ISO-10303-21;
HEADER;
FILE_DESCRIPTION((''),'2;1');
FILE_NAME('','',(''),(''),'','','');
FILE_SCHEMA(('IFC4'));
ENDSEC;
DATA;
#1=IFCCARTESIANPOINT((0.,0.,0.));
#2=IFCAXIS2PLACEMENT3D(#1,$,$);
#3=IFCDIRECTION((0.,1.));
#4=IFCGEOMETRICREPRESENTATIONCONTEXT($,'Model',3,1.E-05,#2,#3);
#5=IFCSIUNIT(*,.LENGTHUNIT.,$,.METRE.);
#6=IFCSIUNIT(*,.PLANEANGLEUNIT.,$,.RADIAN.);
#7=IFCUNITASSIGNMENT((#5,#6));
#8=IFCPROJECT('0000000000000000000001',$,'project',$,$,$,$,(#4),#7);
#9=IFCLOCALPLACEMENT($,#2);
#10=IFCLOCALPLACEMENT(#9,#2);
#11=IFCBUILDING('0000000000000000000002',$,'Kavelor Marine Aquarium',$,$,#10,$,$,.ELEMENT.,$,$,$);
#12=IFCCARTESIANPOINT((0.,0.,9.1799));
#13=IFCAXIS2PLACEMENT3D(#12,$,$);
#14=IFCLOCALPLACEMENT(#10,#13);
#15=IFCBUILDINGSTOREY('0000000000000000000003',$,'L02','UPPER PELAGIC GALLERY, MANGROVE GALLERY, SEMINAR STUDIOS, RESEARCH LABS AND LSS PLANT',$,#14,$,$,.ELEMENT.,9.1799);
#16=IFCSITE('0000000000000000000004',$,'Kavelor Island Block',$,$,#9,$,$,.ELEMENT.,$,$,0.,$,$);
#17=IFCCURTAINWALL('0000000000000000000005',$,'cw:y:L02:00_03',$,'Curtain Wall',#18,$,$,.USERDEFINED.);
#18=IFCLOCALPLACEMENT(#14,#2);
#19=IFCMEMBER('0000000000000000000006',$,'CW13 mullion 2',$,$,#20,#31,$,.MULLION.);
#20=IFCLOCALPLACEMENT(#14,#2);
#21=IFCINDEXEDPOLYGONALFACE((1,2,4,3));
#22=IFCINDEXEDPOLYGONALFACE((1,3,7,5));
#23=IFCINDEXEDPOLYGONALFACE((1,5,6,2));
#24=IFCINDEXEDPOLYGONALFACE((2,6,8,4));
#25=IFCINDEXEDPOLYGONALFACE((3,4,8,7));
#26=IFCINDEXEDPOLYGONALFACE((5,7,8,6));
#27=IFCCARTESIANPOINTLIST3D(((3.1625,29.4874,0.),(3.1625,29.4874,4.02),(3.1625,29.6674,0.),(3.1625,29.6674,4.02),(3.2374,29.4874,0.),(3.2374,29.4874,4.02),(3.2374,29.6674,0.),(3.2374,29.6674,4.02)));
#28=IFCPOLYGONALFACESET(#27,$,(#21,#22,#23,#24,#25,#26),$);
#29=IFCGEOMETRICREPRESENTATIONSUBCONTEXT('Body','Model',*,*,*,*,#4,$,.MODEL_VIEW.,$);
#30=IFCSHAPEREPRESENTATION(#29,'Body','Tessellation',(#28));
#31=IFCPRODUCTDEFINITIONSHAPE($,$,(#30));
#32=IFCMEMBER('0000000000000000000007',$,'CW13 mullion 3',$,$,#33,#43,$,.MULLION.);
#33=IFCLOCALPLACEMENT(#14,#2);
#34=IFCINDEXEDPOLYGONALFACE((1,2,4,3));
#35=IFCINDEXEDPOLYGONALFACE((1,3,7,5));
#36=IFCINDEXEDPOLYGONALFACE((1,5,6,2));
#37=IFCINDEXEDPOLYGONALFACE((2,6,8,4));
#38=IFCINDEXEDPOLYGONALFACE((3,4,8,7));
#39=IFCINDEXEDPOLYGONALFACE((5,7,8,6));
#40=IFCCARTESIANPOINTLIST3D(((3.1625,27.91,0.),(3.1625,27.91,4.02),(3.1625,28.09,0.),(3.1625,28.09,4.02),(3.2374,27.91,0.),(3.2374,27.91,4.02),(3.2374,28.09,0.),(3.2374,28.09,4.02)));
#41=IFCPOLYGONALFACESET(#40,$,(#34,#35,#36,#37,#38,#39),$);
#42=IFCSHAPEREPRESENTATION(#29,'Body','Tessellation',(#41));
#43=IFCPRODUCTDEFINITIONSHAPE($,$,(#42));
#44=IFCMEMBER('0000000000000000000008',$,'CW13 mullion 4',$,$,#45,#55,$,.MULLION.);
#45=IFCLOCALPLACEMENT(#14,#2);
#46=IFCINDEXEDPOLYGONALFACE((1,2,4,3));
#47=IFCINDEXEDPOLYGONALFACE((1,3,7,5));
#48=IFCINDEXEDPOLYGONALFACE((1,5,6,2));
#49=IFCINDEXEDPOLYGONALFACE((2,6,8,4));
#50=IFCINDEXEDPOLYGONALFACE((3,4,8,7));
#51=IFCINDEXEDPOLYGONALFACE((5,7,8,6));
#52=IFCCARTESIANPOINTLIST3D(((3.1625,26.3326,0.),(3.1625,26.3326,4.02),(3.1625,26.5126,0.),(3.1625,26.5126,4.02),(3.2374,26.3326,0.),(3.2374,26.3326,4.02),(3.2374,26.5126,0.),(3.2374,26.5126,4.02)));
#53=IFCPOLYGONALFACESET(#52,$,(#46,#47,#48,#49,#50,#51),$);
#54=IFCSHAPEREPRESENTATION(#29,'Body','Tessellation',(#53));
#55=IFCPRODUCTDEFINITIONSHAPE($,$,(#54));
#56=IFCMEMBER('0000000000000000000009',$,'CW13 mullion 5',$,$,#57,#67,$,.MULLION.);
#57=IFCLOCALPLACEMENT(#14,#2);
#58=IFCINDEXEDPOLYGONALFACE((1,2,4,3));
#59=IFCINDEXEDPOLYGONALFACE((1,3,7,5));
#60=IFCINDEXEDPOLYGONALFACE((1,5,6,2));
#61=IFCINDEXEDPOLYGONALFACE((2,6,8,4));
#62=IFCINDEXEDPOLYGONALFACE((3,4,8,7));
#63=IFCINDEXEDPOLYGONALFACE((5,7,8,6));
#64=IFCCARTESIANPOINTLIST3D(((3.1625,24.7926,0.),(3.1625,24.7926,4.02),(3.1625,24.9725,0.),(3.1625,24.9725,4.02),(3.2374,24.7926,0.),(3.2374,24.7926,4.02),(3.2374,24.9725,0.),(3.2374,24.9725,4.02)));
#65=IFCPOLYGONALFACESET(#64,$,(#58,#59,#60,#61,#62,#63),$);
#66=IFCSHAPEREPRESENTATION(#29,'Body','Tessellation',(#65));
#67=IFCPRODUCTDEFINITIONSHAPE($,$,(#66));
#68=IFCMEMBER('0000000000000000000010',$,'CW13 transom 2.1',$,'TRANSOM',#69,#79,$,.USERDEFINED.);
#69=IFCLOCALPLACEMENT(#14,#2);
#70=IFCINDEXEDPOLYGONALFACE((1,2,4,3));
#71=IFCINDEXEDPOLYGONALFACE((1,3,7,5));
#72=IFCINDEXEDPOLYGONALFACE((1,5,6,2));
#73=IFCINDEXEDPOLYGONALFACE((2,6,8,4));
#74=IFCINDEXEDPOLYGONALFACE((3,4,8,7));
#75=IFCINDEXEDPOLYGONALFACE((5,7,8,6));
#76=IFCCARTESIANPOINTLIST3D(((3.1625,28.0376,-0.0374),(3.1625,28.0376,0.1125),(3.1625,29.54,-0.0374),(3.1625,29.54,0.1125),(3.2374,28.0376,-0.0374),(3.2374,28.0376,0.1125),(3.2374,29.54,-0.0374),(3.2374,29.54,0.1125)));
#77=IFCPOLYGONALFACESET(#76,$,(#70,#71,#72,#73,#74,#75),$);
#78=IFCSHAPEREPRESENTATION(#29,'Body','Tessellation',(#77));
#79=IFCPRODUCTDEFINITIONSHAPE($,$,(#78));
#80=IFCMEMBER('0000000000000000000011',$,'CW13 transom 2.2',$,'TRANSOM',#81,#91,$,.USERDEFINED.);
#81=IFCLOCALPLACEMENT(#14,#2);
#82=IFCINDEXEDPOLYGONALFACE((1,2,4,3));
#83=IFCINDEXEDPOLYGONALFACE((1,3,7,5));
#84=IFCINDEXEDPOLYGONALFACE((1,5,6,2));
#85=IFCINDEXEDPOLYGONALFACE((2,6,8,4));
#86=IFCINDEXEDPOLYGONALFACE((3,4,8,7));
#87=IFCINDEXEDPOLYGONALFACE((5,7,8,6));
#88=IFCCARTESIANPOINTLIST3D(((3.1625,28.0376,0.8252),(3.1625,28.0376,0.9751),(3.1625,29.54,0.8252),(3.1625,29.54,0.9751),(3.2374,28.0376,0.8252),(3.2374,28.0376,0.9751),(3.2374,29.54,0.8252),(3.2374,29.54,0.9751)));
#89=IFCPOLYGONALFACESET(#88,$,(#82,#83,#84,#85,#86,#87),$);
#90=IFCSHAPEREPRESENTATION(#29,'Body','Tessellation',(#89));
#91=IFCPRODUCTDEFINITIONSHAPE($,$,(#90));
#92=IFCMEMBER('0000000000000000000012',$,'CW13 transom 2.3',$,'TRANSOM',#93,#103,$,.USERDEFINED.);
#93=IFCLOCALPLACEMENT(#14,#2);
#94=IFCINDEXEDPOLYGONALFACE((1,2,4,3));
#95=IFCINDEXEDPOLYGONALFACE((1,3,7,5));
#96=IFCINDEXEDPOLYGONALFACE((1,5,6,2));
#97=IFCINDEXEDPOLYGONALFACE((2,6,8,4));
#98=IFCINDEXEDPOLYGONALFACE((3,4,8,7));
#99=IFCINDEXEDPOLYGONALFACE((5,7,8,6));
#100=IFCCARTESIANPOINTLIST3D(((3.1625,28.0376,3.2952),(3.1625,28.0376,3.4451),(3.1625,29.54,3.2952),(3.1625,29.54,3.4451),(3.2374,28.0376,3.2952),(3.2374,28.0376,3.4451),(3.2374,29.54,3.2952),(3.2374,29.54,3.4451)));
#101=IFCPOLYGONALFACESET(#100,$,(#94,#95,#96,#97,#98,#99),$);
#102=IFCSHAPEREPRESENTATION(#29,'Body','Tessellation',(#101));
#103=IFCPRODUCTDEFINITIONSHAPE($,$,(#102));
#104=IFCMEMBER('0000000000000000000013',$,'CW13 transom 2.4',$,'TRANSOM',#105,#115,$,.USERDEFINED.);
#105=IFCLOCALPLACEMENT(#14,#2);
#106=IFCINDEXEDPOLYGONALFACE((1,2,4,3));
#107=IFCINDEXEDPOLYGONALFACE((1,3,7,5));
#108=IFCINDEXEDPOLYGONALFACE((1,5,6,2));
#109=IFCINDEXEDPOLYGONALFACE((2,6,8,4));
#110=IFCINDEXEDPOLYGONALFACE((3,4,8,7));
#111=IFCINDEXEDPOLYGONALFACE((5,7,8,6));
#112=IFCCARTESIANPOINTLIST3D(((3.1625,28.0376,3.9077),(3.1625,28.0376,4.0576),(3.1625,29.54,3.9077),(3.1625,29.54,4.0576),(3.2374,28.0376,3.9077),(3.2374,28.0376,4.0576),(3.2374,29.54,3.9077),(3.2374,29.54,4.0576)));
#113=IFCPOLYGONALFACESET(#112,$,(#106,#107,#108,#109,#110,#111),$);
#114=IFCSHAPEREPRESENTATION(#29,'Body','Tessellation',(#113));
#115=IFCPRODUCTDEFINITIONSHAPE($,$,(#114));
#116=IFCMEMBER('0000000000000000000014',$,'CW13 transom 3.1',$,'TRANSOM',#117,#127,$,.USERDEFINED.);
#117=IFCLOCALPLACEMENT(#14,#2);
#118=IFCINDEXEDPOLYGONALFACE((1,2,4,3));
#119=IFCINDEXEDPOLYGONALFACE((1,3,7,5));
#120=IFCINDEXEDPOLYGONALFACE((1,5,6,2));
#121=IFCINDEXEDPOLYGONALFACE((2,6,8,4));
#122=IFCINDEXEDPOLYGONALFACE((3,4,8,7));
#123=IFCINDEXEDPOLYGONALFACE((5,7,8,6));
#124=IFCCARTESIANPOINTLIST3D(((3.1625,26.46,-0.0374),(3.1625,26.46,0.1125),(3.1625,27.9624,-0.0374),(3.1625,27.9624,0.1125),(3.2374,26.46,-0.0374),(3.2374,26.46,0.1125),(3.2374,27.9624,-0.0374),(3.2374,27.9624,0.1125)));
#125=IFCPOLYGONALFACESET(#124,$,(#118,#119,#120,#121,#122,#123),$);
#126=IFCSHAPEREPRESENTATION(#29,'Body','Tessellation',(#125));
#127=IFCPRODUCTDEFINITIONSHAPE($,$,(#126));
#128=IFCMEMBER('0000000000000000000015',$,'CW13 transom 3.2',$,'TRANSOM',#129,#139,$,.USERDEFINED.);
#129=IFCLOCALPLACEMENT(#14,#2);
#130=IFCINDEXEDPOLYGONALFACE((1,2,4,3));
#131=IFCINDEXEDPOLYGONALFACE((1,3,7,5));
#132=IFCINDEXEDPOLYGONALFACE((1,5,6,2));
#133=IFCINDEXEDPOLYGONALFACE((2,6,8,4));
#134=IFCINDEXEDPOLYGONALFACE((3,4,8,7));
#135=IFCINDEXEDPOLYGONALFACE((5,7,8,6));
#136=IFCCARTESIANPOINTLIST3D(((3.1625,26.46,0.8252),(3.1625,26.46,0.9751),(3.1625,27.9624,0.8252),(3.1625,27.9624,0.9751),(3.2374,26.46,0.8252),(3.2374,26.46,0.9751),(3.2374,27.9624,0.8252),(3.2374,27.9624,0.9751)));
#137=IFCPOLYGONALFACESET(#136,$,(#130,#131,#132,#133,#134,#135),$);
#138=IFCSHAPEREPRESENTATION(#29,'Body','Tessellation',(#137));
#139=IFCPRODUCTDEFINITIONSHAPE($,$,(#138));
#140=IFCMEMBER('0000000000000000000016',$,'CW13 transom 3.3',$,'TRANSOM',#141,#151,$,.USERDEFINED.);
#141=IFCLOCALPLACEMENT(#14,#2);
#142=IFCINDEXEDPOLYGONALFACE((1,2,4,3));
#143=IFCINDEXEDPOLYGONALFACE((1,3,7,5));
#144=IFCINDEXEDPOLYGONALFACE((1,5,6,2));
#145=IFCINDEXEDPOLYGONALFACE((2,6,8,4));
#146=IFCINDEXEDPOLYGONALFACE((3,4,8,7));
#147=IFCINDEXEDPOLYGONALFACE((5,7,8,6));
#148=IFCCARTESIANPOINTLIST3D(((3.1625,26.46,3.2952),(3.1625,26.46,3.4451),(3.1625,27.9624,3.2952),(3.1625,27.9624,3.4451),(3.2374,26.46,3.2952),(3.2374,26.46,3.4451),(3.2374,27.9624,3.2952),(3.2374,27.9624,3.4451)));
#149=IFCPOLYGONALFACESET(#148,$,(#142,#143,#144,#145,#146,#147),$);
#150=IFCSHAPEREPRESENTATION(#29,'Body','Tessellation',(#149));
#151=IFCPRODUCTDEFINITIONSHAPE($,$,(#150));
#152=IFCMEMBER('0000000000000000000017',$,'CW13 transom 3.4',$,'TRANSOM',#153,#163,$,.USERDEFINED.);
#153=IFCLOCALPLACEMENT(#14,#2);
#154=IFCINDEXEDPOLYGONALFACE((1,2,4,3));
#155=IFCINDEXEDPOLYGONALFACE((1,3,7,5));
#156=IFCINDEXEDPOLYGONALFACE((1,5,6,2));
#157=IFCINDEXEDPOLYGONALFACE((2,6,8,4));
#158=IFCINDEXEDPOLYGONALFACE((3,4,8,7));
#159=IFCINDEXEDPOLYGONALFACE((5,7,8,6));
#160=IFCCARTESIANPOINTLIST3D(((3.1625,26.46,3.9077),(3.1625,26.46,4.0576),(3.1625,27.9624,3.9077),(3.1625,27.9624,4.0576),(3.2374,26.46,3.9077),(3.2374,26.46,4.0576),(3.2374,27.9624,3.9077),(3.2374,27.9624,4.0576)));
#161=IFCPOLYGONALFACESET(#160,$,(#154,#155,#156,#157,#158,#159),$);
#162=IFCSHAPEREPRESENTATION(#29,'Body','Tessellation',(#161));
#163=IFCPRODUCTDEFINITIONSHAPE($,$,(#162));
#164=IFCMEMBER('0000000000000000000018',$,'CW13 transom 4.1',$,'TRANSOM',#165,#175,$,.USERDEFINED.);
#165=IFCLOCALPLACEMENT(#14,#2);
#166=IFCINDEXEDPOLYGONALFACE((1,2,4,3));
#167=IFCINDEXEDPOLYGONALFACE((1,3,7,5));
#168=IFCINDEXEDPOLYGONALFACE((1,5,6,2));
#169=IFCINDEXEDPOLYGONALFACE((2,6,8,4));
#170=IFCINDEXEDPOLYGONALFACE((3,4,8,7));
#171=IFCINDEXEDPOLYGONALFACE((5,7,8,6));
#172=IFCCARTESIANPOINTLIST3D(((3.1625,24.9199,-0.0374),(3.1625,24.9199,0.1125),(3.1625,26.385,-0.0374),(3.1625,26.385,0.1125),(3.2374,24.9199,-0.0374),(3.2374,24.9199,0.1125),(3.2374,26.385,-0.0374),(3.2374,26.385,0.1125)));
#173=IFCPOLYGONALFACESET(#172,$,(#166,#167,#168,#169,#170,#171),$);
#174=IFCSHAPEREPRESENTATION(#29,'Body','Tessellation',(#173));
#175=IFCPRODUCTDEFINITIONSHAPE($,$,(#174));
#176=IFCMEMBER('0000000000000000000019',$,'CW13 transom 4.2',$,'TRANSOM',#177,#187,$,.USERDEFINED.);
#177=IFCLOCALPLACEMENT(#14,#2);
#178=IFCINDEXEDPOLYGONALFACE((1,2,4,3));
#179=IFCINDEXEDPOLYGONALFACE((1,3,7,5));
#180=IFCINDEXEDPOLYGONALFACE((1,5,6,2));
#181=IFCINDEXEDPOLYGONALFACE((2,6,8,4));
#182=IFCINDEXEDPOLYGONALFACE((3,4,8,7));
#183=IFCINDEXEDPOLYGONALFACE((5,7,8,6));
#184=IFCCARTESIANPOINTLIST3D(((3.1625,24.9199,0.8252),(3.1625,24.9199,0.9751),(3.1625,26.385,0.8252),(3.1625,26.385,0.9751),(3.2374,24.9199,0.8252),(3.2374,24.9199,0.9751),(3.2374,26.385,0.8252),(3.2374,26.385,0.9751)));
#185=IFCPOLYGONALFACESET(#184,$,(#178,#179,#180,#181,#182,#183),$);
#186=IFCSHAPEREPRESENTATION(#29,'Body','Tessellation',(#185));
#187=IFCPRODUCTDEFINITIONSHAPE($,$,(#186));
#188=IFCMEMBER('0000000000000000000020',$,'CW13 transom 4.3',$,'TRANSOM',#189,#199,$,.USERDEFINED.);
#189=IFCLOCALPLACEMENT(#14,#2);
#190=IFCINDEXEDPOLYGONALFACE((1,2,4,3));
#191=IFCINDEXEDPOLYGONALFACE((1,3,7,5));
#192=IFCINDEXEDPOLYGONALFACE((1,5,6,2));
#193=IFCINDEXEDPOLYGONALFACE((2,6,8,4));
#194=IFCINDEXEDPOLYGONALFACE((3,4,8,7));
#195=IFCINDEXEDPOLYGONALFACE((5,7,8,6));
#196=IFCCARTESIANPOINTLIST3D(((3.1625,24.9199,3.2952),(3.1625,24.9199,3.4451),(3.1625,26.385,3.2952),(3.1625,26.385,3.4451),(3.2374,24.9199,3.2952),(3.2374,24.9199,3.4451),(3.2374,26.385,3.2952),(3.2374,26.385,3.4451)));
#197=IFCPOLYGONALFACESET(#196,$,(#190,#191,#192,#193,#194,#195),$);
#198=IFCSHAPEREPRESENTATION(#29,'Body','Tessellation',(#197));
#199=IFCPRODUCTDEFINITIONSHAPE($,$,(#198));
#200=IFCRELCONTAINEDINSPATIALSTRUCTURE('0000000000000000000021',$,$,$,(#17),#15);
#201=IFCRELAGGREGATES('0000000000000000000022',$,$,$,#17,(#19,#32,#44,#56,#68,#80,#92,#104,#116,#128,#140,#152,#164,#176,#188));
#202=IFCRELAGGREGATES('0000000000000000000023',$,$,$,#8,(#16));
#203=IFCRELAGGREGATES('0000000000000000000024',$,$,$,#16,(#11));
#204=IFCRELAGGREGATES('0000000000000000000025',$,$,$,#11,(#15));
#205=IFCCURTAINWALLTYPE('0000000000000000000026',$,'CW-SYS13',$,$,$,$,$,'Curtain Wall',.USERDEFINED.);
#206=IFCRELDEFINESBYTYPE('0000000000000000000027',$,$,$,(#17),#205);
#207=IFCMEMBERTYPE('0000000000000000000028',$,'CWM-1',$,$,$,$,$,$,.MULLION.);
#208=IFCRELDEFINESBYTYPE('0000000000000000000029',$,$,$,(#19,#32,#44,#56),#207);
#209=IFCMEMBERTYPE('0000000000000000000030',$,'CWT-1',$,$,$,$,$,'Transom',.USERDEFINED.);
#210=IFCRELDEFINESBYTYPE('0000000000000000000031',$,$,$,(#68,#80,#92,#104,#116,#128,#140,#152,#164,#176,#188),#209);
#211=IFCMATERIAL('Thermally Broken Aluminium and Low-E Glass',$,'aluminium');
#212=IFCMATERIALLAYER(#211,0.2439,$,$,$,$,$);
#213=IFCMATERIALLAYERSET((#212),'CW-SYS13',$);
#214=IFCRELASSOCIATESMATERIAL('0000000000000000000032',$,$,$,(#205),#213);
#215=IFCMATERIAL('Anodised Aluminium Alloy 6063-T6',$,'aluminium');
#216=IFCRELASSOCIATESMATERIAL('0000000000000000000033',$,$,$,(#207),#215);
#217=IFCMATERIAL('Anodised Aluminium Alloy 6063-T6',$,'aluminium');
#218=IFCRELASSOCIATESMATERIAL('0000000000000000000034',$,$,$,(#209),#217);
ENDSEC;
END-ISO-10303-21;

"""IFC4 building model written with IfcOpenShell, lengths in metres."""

from ifc_helpers import new_model, si_unit, direction, frame, origin, origin_2d, place, context, subcontext, project, spatial, rectangle, extrude, material, layer, layer_set, material_profile, profile_set, type_object, element, aggregate, save


model = new_model("IFC4")

# Units and contexts
model_context = context("Model", 3, precision=1e-05, world=origin(), true_north=direction((0.0, 1.0)))
body_context = subcontext(model_context, "Body", "Model", "MODEL_VIEW")
ifc_project = project(units=[si_unit("LENGTHUNIT", "METRE"), si_unit("PLANEANGLEUNIT", "RADIAN")], contexts=[model_context])

# Site, building, storey
site_placement = place(None, origin())
site = spatial("IfcSite", under=ifc_project, at=site_placement, Name="Kavelor Island Block", CompositionType="ELEMENT", RefElevation=0.0)
building_placement = place(site_placement, origin())
building = spatial("IfcBuilding", under=site, at=building_placement, Name="Kavelor Marine Aquarium", CompositionType="ELEMENT")
storey_placement = place(building_placement, frame((0.0, 0.0, 9.1799)))
storey = spatial("IfcBuildingStorey", under=building, at=storey_placement, Name="L02", Description="UPPER PELAGIC GALLERY, MANGROVE GALLERY, SEMINAR STUDIOS, RESEARCH LABS AND LSS PLANT", CompositionType="ELEMENT", Elevation=9.1799)

# Curtain wall, members
ifc_material_1 = material(Name="Thermally Broken Aluminium and Low-E Glass", Category="aluminium")
ifc_layer_1 = layer(ifc_material_1, 0.2439)
ifc_layer_set_1 = layer_set([ifc_layer_1], Name="CW-SYS13")
curtain_wall_type = type_object("IfcCurtainWallType", Name="CW-SYS13", ElementType="Curtain Wall", PredefinedType="USERDEFINED", material=ifc_layer_set_1)
curtain_wall_placement = place(storey_placement, origin())
curtain_wall = element("IfcCurtainWall", 1, at=curtain_wall_placement, inside=storey, type_object=curtain_wall_type, Name="cw:y:L02:00_03", ObjectType="Curtain Wall", PredefinedType="USERDEFINED")
ifc_material_2 = material(Name="Anodised Aluminium Alloy 6063-T6", Category="aluminium")
ifc_material_profile_1 = material_profile(ifc_material_2, rectangle(XDim=0.075, YDim=0.1799, at=origin_2d()), Name="CW-MUL 75x180")
ifc_profile_set_1 = profile_set([ifc_material_profile_1], Name="Anodised Aluminium Alloy 6063-T6")
member_type_1 = type_object("IfcMemberType", Name="CWM-1", PredefinedType="MULLION", material=ifc_profile_set_1)
member_1_placement = place(storey_placement, frame((3.2, 29.5774, 0.0), z_axis=(0.0, 0.0, 1.0), x_axis=(1.0, 0.0, 0.0)))
member_1 = element("IfcMember", 2, at=member_1_placement, type_object=member_type_1, Name="CW13 mullion 2", PredefinedType="MULLION", context=body_context, shape_type="SweptSolid", body=[
    extrude(rectangle(XDim=0.075, YDim=0.1799, at=origin_2d()), origin(), (0.0, 0.0, 1.0), 4.02),
])
member_2_placement = place(storey_placement, frame((3.2, 28.0, 0.0), z_axis=(0.0, 0.0, 1.0), x_axis=(1.0, 0.0, 0.0)))
member_2 = element("IfcMember", 3, at=member_2_placement, type_object=member_type_1, Name="CW13 mullion 3", PredefinedType="MULLION", context=body_context, shape_type="SweptSolid", body=[
    extrude(rectangle(XDim=0.075, YDim=0.1799, at=origin_2d()), origin(), (0.0, 0.0, 1.0), 4.02),
])
member_3_placement = place(storey_placement, frame((3.2, 26.4226, 0.0), z_axis=(0.0, 0.0, 1.0), x_axis=(1.0, 0.0, 0.0)))
member_3 = element("IfcMember", 4, at=member_3_placement, type_object=member_type_1, Name="CW13 mullion 4", PredefinedType="MULLION", context=body_context, shape_type="SweptSolid", body=[
    extrude(rectangle(XDim=0.075, YDim=0.1799, at=origin_2d()), origin(), (0.0, 0.0, 1.0), 4.02),
])
member_4_placement = place(storey_placement, frame((3.2, 24.8826, 0.0), z_axis=(0.0, 0.0, 1.0), x_axis=(1.0, 0.0, 0.0)))
member_4 = element("IfcMember", 5, at=member_4_placement, type_object=member_type_1, Name="CW13 mullion 5", PredefinedType="MULLION", context=body_context, shape_type="SweptSolid", body=[
    extrude(rectangle(XDim=0.075, YDim=0.1799, at=origin_2d()), origin(), (0.0, 0.0, 1.0), 4.02),
])
ifc_material_3 = material(Name="Anodised Aluminium Alloy 6063-T6", Category="aluminium")
ifc_material_profile_2 = material_profile(ifc_material_3, rectangle(XDim=0.075, YDim=0.1499, at=origin_2d()), Name="CW-TRN 75x150")
ifc_profile_set_2 = profile_set([ifc_material_profile_2], Name="Anodised Aluminium Alloy 6063-T6")
member_type_2 = type_object("IfcMemberType", Name="CWT-1", ElementType="Transom", PredefinedType="USERDEFINED", material=ifc_profile_set_2)
member_5_placement = place(storey_placement, frame((3.2, 29.54, 0.0376), z_axis=(0.0, -1.0, 0.0), x_axis=(1.0, 0.0, 0.0)))
member_5 = element("IfcMember", 6, at=member_5_placement, type_object=member_type_2, Name="CW13 transom 2.1", ObjectType="TRANSOM", PredefinedType="USERDEFINED", context=body_context, shape_type="SweptSolid", body=[
    extrude(rectangle(XDim=0.075, YDim=0.1499, at=origin_2d()), origin(), (0.0, 0.0, 1.0), 1.5024),
])
member_6_placement = place(storey_placement, frame((3.2, 29.54, 0.9001), z_axis=(0.0, -1.0, 0.0), x_axis=(1.0, 0.0, 0.0)))
member_6 = element("IfcMember", 7, at=member_6_placement, type_object=member_type_2, Name="CW13 transom 2.2", ObjectType="TRANSOM", PredefinedType="USERDEFINED", context=body_context, shape_type="SweptSolid", body=[
    extrude(rectangle(XDim=0.075, YDim=0.1499, at=origin_2d()), origin(), (0.0, 0.0, 1.0), 1.5024),
])
member_7_placement = place(storey_placement, frame((3.2, 29.54, 3.3701), z_axis=(0.0, -1.0, 0.0), x_axis=(1.0, 0.0, 0.0)))
member_7 = element("IfcMember", 8, at=member_7_placement, type_object=member_type_2, Name="CW13 transom 2.3", ObjectType="TRANSOM", PredefinedType="USERDEFINED", context=body_context, shape_type="SweptSolid", body=[
    extrude(rectangle(XDim=0.075, YDim=0.1499, at=origin_2d()), origin(), (0.0, 0.0, 1.0), 1.5024),
])
member_8_placement = place(storey_placement, frame((3.2, 29.54, 3.9827), z_axis=(0.0, -1.0, 0.0), x_axis=(1.0, 0.0, 0.0)))
member_8 = element("IfcMember", 9, at=member_8_placement, type_object=member_type_2, Name="CW13 transom 2.4", ObjectType="TRANSOM", PredefinedType="USERDEFINED", context=body_context, shape_type="SweptSolid", body=[
    extrude(rectangle(XDim=0.075, YDim=0.1499, at=origin_2d()), origin(), (0.0, 0.0, 1.0), 1.5024),
])
member_9_placement = place(storey_placement, frame((3.2, 27.9624, 0.0376), z_axis=(0.0, -1.0, 0.0), x_axis=(1.0, 0.0, 0.0)))
member_9 = element("IfcMember", 10, at=member_9_placement, type_object=member_type_2, Name="CW13 transom 3.1", ObjectType="TRANSOM", PredefinedType="USERDEFINED", context=body_context, shape_type="SweptSolid", body=[
    extrude(rectangle(XDim=0.075, YDim=0.1499, at=origin_2d()), origin(), (0.0, 0.0, 1.0), 1.5024),
])
member_10_placement = place(storey_placement, frame((3.2, 27.9624, 0.9001), z_axis=(0.0, -1.0, 0.0), x_axis=(1.0, 0.0, 0.0)))
member_10 = element("IfcMember", 11, at=member_10_placement, type_object=member_type_2, Name="CW13 transom 3.2", ObjectType="TRANSOM", PredefinedType="USERDEFINED", context=body_context, shape_type="SweptSolid", body=[
    extrude(rectangle(XDim=0.075, YDim=0.1499, at=origin_2d()), origin(), (0.0, 0.0, 1.0), 1.5024),
])
member_11_placement = place(storey_placement, frame((3.2, 27.9624, 3.3701), z_axis=(0.0, -1.0, 0.0), x_axis=(1.0, 0.0, 0.0)))
member_11 = element("IfcMember", 12, at=member_11_placement, type_object=member_type_2, Name="CW13 transom 3.3", ObjectType="TRANSOM", PredefinedType="USERDEFINED", context=body_context, shape_type="SweptSolid", body=[
    extrude(rectangle(XDim=0.075, YDim=0.1499, at=origin_2d()), origin(), (0.0, 0.0, 1.0), 1.5024),
])
member_12_placement = place(storey_placement, frame((3.2, 27.9624, 3.9827), z_axis=(0.0, -1.0, 0.0), x_axis=(1.0, 0.0, 0.0)))
member_12 = element("IfcMember", 13, at=member_12_placement, type_object=member_type_2, Name="CW13 transom 3.4", ObjectType="TRANSOM", PredefinedType="USERDEFINED", context=body_context, shape_type="SweptSolid", body=[
    extrude(rectangle(XDim=0.075, YDim=0.1499, at=origin_2d()), origin(), (0.0, 0.0, 1.0), 1.5024),
])
member_13_placement = place(storey_placement, frame((3.2, 26.385, 0.0376), z_axis=(0.0, -1.0, 0.0), x_axis=(1.0, 0.0, 0.0)))
member_13 = element("IfcMember", 14, at=member_13_placement, type_object=member_type_2, Name="CW13 transom 4.1", ObjectType="TRANSOM", PredefinedType="USERDEFINED", context=body_context, shape_type="SweptSolid", body=[
    extrude(rectangle(XDim=0.075, YDim=0.1499, at=origin_2d()), origin(), (0.0, 0.0, 1.0), 1.4651),
])
member_14_placement = place(storey_placement, frame((3.2, 26.385, 0.9001), z_axis=(0.0, -1.0, 0.0), x_axis=(1.0, 0.0, 0.0)))
member_14 = element("IfcMember", 15, at=member_14_placement, type_object=member_type_2, Name="CW13 transom 4.2", ObjectType="TRANSOM", PredefinedType="USERDEFINED", context=body_context, shape_type="SweptSolid", body=[
    extrude(rectangle(XDim=0.075, YDim=0.1499, at=origin_2d()), origin(), (0.0, 0.0, 1.0), 1.4651),
])
member_15_placement = place(storey_placement, frame((3.2, 26.385, 3.3701), z_axis=(0.0, -1.0, 0.0), x_axis=(1.0, 0.0, 0.0)))
member_15 = element("IfcMember", 16, at=member_15_placement, type_object=member_type_2, Name="CW13 transom 4.3", ObjectType="TRANSOM", PredefinedType="USERDEFINED", context=body_context, shape_type="SweptSolid", body=[
    extrude(rectangle(XDim=0.075, YDim=0.1499, at=origin_2d()), origin(), (0.0, 0.0, 1.0), 1.4651),
])
aggregate(curtain_wall, [member_1, member_2, member_3, member_4, member_5, member_6, member_7, member_8, member_9, member_10, member_11, member_12, member_13, member_14, member_15])

save(model, "model.ifc")
